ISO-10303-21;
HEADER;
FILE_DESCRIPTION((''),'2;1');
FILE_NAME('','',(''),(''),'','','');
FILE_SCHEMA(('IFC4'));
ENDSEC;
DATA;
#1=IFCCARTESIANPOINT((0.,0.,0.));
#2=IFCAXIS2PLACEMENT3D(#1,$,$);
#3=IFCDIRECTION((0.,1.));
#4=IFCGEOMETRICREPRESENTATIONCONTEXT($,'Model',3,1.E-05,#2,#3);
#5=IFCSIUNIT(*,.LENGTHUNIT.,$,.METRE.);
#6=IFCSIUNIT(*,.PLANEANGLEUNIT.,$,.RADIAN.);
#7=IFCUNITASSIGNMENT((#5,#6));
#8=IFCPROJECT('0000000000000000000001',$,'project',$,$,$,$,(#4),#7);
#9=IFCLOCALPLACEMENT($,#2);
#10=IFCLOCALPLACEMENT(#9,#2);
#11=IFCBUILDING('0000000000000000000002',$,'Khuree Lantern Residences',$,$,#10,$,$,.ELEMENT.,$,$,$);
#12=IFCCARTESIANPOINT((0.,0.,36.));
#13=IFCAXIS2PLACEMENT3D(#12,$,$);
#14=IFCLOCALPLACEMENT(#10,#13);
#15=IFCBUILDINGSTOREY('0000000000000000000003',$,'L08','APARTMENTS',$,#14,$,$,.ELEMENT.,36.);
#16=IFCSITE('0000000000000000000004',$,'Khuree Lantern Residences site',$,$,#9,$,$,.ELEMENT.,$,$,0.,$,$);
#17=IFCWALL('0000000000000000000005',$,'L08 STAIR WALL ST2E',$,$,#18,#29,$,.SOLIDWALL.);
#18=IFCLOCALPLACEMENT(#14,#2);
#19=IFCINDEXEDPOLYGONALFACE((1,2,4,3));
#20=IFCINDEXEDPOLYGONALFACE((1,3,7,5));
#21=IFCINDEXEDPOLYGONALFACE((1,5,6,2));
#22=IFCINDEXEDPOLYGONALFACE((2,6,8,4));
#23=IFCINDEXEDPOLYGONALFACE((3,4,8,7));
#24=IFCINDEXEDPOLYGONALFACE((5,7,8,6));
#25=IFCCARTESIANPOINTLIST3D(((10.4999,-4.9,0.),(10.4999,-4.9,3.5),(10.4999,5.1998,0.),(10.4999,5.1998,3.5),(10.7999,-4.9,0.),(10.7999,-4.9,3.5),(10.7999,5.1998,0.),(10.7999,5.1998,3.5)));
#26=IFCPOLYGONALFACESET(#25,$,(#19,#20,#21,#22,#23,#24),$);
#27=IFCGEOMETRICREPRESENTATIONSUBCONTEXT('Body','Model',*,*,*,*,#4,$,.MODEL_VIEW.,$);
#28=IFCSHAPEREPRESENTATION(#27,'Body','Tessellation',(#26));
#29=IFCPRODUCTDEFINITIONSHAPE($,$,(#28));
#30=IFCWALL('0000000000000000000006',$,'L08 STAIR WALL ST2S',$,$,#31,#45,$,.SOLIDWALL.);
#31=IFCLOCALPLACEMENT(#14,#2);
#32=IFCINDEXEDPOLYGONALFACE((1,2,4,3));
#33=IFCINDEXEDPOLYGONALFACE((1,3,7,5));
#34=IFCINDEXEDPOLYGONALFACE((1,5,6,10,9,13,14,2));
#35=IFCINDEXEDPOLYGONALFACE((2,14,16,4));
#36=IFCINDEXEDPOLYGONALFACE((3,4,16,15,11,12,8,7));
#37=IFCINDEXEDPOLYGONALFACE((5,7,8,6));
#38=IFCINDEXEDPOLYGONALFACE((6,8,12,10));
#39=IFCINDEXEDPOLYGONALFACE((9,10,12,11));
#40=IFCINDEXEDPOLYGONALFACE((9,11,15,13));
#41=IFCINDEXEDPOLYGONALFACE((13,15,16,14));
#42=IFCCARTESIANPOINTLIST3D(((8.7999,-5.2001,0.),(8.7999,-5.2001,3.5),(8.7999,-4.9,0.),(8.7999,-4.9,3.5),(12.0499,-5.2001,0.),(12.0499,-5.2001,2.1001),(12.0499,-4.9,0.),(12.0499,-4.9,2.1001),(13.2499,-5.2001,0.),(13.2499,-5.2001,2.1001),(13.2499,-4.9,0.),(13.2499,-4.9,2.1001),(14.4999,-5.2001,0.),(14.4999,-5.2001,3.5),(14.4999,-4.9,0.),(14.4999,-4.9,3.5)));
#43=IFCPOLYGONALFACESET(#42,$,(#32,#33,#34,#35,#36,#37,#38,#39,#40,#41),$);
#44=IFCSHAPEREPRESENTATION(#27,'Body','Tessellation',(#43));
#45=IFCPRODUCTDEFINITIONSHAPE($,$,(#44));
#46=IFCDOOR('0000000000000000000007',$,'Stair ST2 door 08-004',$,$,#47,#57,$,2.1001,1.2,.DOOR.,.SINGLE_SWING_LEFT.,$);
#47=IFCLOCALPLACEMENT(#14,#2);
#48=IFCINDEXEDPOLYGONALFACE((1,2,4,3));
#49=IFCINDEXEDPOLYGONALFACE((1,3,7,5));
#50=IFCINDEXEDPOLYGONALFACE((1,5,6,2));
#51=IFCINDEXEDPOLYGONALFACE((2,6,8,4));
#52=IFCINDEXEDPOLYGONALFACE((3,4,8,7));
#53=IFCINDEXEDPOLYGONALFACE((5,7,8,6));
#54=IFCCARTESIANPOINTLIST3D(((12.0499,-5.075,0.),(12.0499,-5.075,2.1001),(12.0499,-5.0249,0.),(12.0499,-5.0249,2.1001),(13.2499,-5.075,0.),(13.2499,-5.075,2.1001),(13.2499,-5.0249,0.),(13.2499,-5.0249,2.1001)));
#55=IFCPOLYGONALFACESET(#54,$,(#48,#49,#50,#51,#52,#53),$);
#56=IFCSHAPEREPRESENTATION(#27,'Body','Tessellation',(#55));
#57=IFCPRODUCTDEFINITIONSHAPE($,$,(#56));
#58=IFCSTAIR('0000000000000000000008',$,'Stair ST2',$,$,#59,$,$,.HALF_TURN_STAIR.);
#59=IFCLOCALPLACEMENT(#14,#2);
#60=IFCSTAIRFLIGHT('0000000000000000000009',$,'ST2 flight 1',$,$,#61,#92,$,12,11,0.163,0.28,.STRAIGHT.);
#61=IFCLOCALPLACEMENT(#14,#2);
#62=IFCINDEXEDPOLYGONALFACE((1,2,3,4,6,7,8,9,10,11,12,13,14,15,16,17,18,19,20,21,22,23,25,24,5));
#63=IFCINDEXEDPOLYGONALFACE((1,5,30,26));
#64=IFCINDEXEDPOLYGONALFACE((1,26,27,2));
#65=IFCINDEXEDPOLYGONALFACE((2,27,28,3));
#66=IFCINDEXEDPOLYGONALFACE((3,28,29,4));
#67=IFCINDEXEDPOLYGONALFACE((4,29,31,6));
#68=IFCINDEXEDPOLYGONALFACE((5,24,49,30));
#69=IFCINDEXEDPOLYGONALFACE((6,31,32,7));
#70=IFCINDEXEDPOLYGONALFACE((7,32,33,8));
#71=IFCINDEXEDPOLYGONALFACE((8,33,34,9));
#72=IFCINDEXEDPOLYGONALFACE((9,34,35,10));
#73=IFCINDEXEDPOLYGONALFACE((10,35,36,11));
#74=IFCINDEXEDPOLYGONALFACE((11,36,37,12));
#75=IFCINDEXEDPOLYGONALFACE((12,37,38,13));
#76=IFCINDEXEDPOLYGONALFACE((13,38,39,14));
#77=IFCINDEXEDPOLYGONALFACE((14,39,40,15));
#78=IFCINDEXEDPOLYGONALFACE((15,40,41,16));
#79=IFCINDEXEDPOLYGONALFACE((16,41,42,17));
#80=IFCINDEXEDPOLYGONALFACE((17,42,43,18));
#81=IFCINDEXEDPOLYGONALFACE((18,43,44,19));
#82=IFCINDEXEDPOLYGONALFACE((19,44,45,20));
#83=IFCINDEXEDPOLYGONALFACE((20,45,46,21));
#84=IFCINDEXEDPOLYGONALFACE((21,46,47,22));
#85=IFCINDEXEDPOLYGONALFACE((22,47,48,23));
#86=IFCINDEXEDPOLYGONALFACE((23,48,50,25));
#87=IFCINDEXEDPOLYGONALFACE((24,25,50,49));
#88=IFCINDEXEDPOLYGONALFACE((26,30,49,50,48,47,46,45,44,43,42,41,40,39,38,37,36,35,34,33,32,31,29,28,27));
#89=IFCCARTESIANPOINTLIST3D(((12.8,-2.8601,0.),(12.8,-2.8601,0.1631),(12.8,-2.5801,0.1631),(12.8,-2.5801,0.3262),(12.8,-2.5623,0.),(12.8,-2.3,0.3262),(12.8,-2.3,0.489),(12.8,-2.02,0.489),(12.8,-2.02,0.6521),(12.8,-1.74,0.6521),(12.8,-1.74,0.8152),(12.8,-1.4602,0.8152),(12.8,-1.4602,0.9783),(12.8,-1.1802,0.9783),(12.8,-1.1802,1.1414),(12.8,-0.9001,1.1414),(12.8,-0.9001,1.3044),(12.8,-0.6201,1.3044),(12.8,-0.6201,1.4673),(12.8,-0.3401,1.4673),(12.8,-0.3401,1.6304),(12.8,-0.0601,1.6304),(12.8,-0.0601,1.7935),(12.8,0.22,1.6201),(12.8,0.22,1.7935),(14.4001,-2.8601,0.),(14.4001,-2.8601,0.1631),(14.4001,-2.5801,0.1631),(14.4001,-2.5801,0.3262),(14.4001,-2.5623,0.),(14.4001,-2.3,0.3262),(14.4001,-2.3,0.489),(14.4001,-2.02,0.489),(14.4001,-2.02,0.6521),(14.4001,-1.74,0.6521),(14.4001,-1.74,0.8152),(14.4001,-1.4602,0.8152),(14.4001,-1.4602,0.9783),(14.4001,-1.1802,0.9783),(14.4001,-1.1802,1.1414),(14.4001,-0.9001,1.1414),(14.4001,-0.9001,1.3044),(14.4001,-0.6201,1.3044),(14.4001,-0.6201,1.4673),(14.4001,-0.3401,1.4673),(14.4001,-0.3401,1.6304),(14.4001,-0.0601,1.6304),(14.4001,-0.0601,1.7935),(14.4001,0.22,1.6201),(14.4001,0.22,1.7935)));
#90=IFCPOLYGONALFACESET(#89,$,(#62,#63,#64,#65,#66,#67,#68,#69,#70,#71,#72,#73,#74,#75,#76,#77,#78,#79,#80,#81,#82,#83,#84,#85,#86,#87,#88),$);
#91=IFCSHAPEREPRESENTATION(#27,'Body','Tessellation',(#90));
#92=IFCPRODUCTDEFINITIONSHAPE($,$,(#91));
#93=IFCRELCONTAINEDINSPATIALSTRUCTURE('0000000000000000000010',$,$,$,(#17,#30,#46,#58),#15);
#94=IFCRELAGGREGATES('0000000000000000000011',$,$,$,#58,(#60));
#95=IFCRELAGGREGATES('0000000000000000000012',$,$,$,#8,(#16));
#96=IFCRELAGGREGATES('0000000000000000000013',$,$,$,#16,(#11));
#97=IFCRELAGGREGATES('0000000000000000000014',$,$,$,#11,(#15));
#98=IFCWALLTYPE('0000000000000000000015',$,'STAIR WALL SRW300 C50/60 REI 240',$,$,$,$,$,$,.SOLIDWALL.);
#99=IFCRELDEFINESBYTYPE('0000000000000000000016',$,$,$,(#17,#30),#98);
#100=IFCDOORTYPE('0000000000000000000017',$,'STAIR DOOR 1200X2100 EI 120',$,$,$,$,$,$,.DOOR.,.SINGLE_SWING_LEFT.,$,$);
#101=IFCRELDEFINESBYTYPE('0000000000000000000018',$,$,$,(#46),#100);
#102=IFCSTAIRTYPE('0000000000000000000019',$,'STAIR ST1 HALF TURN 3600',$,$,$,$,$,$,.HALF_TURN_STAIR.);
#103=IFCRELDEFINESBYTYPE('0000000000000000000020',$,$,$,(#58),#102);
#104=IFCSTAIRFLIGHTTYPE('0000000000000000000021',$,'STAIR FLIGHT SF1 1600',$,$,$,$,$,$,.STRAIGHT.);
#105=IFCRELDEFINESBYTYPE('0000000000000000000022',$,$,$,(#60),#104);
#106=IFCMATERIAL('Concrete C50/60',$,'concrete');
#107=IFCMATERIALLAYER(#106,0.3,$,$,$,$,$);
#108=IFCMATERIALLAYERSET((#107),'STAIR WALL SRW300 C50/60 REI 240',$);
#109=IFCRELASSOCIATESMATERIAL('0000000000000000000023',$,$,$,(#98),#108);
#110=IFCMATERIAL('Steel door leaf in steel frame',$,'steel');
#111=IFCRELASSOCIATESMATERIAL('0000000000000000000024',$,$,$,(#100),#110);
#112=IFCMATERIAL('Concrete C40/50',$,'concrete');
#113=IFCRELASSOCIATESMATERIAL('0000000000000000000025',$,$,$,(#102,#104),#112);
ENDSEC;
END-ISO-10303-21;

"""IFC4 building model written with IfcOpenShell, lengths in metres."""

from ifc_helpers import new_model, si_unit, direction, frame, frame_2d, origin, place, context, subcontext, project, spatial, polyline, rectangle, outline, extrude, material, layer, layer_set, type_object, element, fill, aggregate, save


model = new_model("IFC4")

# Units and contexts
model_context = context("Model", 3, precision=1e-05, world=origin(), true_north=direction((0.0, 1.0)))
body_context = subcontext(model_context, "Body", "Model", "MODEL_VIEW")
ifc_project = project(units=[si_unit("LENGTHUNIT", "METRE"), si_unit("PLANEANGLEUNIT", "RADIAN")], contexts=[model_context])

# Site, building, storey
site_placement = place(None, origin())
site = spatial("IfcSite", under=ifc_project, at=site_placement, Name="Khuree Lantern Residences site", CompositionType="ELEMENT", RefElevation=0.0)
building_placement = place(site_placement, origin())
building = spatial("IfcBuilding", under=site, at=building_placement, Name="Khuree Lantern Residences", CompositionType="ELEMENT")
storey_placement = place(building_placement, frame((0.0, 0.0, 36.0)))
storey = spatial("IfcBuildingStorey", under=building, at=storey_placement, Name="L08", Description="APARTMENTS", CompositionType="ELEMENT", Elevation=36.0)

# Shared definitions
ifc_material_1 = material(Name="Steel door leaf in steel frame", Category="steel")

# Wall
ifc_material_2 = material(Name="Concrete C50/60", Category="concrete")
ifc_layer_1 = layer(ifc_material_2, 0.3)
ifc_layer_set_1 = layer_set([ifc_layer_1], Name="STAIR WALL SRW300 C50/60 REI 240")
wall_type_1 = type_object("IfcWallType", Name="STAIR WALL SRW300 C50/60 REI 240", PredefinedType="SOLIDWALL", material=ifc_layer_set_1)
wall_1_placement = place(storey_placement, frame((10.6499, -4.8999, 0.0), z_axis=(0.0, 0.0, 1.0), x_axis=(0.0, 1.0, 0.0)))
element("IfcWall", 1, at=wall_1_placement, inside=storey, type_object=wall_type_1, Name="L08 STAIR WALL ST2E", PredefinedType="SOLIDWALL", context=body_context, shape_type="SweptSolid", body=[
    extrude(rectangle(XDim=10.0999, YDim=0.3, at=frame_2d((5.0498, 0.0))), origin(), (0.0, 0.0, 1.0), 3.5),
])

# Wall, opening, door
wall_2_placement = place(storey_placement, frame((14.5, -5.05, 0.0), z_axis=(0.0, 0.0, 1.0), x_axis=(-1.0, 0.0, 0.0)))
wall_2 = element("IfcWall", 2, at=wall_2_placement, inside=storey, type_object=wall_type_1, Name="L08 STAIR WALL ST2S", PredefinedType="SOLIDWALL", context=body_context, shape_type="SweptSolid", body=[
    extrude(rectangle(XDim=5.7, YDim=0.3, at=frame_2d((2.8501, 0.0))), origin(), (0.0, 0.0, 1.0), 3.5),
])
opening_1_placement = place(wall_2_placement, frame((1.25, 0.0, 0.0)))
opening_1 = element("IfcOpeningElement", 3, at=opening_1_placement, cuts=wall_2, PredefinedType="OPENING", context=body_context, shape_type="SweptSolid", body=[
    extrude(rectangle(XDim=1.2, YDim=2.1001, at=frame_2d((0.6001, 1.05))), frame((0.0, 0.1602, 0.0), z_axis=(0.0, -1.0, 0.0), x_axis=(1.0, 0.0, 0.0)), (0.0, 0.0, 1.0), 0.3201),
])
door_type_1 = type_object("IfcDoorType", Name="STAIR DOOR 1200X2100 EI 120", OperationType="SINGLE_SWING_LEFT", PredefinedType="DOOR", material=ifc_material_1)
door_1_placement = place(opening_1_placement, origin())
door_1 = element("IfcDoor", 4, at=door_1_placement, inside=storey, type_object=door_type_1, Name="Stair ST2 door 08-004", OperationType="SINGLE_SWING_LEFT", OverallHeight=2.1001, OverallWidth=1.2, PredefinedType="DOOR", context=body_context, shape_type="SweptSolid", body=[
    extrude(rectangle(XDim=1.2, YDim=2.1001, at=frame_2d((0.6001, 1.05))), frame((0.0, 0.0249, 0.0), z_axis=(0.0, -1.0, 0.0), x_axis=(1.0, 0.0, 0.0)), (0.0, 0.0, 1.0), 0.05),
])
fill(opening_1, door_1)

# Stair, stair flight
ifc_material_3 = material(Name="Concrete C40/50", Category="concrete")
stair_type = type_object("IfcStairType", Name="STAIR ST1 HALF TURN 3600", PredefinedType="HALF_TURN_STAIR", material=ifc_material_3)
stair_placement = place(storey_placement, origin())
stair = element("IfcStair", 5, at=stair_placement, inside=storey, type_object=stair_type, Name="Stair ST2", PredefinedType="HALF_TURN_STAIR")
stair_flight_type = type_object("IfcStairFlightType", Name="STAIR FLIGHT SF1 1600", PredefinedType="STRAIGHT", material=ifc_material_3)
stair_flight_placement = place(storey_placement, frame((13.6001, -2.8601, 0.0), z_axis=(0.0, 0.0, 1.0), x_axis=(0.0, 1.0, 0.0)))
stair_flight = element("IfcStairFlight", 6, at=stair_flight_placement, type_object=stair_flight_type, Name="ST2 flight 1", NumberOfRisers=12, NumberOfTreads=11, PredefinedType="STRAIGHT", RiserHeight=0.163, TreadLength=0.28, context=body_context, shape_type="SweptSolid", body=[
    extrude(outline(polyline([(0.0, 0.0), (0.0, 0.1631), (0.28, 0.1631), (0.28, 0.3262), (0.5601, 0.3262), (0.5601, 0.489), (0.8401, 0.489), (0.8401, 0.6521), (1.1201, 0.6521), (1.1201, 0.8152), (1.3999, 0.8152), (1.3999, 0.9783), (1.6799, 0.9783), (1.6799, 1.1414), (1.96, 1.1414), (1.96, 1.3044), (2.24, 1.3044), (2.24, 1.4673), (2.52, 1.4673), (2.52, 1.6304), (2.8, 1.6304), (2.8, 1.7935), (3.0801, 1.7935), (3.0801, 1.9565), (3.0801, 1.6201), (0.2979, 0.0), (0.0, 0.0)])), frame((0.0, 0.8, 0.0), z_axis=(0.0, -1.0, 0.0), x_axis=(1.0, 0.0, 0.0)), (0.0, 0.0, 1.0), 1.6001),
])
aggregate(stair, [stair_flight])

save(model, "model.ifc")
